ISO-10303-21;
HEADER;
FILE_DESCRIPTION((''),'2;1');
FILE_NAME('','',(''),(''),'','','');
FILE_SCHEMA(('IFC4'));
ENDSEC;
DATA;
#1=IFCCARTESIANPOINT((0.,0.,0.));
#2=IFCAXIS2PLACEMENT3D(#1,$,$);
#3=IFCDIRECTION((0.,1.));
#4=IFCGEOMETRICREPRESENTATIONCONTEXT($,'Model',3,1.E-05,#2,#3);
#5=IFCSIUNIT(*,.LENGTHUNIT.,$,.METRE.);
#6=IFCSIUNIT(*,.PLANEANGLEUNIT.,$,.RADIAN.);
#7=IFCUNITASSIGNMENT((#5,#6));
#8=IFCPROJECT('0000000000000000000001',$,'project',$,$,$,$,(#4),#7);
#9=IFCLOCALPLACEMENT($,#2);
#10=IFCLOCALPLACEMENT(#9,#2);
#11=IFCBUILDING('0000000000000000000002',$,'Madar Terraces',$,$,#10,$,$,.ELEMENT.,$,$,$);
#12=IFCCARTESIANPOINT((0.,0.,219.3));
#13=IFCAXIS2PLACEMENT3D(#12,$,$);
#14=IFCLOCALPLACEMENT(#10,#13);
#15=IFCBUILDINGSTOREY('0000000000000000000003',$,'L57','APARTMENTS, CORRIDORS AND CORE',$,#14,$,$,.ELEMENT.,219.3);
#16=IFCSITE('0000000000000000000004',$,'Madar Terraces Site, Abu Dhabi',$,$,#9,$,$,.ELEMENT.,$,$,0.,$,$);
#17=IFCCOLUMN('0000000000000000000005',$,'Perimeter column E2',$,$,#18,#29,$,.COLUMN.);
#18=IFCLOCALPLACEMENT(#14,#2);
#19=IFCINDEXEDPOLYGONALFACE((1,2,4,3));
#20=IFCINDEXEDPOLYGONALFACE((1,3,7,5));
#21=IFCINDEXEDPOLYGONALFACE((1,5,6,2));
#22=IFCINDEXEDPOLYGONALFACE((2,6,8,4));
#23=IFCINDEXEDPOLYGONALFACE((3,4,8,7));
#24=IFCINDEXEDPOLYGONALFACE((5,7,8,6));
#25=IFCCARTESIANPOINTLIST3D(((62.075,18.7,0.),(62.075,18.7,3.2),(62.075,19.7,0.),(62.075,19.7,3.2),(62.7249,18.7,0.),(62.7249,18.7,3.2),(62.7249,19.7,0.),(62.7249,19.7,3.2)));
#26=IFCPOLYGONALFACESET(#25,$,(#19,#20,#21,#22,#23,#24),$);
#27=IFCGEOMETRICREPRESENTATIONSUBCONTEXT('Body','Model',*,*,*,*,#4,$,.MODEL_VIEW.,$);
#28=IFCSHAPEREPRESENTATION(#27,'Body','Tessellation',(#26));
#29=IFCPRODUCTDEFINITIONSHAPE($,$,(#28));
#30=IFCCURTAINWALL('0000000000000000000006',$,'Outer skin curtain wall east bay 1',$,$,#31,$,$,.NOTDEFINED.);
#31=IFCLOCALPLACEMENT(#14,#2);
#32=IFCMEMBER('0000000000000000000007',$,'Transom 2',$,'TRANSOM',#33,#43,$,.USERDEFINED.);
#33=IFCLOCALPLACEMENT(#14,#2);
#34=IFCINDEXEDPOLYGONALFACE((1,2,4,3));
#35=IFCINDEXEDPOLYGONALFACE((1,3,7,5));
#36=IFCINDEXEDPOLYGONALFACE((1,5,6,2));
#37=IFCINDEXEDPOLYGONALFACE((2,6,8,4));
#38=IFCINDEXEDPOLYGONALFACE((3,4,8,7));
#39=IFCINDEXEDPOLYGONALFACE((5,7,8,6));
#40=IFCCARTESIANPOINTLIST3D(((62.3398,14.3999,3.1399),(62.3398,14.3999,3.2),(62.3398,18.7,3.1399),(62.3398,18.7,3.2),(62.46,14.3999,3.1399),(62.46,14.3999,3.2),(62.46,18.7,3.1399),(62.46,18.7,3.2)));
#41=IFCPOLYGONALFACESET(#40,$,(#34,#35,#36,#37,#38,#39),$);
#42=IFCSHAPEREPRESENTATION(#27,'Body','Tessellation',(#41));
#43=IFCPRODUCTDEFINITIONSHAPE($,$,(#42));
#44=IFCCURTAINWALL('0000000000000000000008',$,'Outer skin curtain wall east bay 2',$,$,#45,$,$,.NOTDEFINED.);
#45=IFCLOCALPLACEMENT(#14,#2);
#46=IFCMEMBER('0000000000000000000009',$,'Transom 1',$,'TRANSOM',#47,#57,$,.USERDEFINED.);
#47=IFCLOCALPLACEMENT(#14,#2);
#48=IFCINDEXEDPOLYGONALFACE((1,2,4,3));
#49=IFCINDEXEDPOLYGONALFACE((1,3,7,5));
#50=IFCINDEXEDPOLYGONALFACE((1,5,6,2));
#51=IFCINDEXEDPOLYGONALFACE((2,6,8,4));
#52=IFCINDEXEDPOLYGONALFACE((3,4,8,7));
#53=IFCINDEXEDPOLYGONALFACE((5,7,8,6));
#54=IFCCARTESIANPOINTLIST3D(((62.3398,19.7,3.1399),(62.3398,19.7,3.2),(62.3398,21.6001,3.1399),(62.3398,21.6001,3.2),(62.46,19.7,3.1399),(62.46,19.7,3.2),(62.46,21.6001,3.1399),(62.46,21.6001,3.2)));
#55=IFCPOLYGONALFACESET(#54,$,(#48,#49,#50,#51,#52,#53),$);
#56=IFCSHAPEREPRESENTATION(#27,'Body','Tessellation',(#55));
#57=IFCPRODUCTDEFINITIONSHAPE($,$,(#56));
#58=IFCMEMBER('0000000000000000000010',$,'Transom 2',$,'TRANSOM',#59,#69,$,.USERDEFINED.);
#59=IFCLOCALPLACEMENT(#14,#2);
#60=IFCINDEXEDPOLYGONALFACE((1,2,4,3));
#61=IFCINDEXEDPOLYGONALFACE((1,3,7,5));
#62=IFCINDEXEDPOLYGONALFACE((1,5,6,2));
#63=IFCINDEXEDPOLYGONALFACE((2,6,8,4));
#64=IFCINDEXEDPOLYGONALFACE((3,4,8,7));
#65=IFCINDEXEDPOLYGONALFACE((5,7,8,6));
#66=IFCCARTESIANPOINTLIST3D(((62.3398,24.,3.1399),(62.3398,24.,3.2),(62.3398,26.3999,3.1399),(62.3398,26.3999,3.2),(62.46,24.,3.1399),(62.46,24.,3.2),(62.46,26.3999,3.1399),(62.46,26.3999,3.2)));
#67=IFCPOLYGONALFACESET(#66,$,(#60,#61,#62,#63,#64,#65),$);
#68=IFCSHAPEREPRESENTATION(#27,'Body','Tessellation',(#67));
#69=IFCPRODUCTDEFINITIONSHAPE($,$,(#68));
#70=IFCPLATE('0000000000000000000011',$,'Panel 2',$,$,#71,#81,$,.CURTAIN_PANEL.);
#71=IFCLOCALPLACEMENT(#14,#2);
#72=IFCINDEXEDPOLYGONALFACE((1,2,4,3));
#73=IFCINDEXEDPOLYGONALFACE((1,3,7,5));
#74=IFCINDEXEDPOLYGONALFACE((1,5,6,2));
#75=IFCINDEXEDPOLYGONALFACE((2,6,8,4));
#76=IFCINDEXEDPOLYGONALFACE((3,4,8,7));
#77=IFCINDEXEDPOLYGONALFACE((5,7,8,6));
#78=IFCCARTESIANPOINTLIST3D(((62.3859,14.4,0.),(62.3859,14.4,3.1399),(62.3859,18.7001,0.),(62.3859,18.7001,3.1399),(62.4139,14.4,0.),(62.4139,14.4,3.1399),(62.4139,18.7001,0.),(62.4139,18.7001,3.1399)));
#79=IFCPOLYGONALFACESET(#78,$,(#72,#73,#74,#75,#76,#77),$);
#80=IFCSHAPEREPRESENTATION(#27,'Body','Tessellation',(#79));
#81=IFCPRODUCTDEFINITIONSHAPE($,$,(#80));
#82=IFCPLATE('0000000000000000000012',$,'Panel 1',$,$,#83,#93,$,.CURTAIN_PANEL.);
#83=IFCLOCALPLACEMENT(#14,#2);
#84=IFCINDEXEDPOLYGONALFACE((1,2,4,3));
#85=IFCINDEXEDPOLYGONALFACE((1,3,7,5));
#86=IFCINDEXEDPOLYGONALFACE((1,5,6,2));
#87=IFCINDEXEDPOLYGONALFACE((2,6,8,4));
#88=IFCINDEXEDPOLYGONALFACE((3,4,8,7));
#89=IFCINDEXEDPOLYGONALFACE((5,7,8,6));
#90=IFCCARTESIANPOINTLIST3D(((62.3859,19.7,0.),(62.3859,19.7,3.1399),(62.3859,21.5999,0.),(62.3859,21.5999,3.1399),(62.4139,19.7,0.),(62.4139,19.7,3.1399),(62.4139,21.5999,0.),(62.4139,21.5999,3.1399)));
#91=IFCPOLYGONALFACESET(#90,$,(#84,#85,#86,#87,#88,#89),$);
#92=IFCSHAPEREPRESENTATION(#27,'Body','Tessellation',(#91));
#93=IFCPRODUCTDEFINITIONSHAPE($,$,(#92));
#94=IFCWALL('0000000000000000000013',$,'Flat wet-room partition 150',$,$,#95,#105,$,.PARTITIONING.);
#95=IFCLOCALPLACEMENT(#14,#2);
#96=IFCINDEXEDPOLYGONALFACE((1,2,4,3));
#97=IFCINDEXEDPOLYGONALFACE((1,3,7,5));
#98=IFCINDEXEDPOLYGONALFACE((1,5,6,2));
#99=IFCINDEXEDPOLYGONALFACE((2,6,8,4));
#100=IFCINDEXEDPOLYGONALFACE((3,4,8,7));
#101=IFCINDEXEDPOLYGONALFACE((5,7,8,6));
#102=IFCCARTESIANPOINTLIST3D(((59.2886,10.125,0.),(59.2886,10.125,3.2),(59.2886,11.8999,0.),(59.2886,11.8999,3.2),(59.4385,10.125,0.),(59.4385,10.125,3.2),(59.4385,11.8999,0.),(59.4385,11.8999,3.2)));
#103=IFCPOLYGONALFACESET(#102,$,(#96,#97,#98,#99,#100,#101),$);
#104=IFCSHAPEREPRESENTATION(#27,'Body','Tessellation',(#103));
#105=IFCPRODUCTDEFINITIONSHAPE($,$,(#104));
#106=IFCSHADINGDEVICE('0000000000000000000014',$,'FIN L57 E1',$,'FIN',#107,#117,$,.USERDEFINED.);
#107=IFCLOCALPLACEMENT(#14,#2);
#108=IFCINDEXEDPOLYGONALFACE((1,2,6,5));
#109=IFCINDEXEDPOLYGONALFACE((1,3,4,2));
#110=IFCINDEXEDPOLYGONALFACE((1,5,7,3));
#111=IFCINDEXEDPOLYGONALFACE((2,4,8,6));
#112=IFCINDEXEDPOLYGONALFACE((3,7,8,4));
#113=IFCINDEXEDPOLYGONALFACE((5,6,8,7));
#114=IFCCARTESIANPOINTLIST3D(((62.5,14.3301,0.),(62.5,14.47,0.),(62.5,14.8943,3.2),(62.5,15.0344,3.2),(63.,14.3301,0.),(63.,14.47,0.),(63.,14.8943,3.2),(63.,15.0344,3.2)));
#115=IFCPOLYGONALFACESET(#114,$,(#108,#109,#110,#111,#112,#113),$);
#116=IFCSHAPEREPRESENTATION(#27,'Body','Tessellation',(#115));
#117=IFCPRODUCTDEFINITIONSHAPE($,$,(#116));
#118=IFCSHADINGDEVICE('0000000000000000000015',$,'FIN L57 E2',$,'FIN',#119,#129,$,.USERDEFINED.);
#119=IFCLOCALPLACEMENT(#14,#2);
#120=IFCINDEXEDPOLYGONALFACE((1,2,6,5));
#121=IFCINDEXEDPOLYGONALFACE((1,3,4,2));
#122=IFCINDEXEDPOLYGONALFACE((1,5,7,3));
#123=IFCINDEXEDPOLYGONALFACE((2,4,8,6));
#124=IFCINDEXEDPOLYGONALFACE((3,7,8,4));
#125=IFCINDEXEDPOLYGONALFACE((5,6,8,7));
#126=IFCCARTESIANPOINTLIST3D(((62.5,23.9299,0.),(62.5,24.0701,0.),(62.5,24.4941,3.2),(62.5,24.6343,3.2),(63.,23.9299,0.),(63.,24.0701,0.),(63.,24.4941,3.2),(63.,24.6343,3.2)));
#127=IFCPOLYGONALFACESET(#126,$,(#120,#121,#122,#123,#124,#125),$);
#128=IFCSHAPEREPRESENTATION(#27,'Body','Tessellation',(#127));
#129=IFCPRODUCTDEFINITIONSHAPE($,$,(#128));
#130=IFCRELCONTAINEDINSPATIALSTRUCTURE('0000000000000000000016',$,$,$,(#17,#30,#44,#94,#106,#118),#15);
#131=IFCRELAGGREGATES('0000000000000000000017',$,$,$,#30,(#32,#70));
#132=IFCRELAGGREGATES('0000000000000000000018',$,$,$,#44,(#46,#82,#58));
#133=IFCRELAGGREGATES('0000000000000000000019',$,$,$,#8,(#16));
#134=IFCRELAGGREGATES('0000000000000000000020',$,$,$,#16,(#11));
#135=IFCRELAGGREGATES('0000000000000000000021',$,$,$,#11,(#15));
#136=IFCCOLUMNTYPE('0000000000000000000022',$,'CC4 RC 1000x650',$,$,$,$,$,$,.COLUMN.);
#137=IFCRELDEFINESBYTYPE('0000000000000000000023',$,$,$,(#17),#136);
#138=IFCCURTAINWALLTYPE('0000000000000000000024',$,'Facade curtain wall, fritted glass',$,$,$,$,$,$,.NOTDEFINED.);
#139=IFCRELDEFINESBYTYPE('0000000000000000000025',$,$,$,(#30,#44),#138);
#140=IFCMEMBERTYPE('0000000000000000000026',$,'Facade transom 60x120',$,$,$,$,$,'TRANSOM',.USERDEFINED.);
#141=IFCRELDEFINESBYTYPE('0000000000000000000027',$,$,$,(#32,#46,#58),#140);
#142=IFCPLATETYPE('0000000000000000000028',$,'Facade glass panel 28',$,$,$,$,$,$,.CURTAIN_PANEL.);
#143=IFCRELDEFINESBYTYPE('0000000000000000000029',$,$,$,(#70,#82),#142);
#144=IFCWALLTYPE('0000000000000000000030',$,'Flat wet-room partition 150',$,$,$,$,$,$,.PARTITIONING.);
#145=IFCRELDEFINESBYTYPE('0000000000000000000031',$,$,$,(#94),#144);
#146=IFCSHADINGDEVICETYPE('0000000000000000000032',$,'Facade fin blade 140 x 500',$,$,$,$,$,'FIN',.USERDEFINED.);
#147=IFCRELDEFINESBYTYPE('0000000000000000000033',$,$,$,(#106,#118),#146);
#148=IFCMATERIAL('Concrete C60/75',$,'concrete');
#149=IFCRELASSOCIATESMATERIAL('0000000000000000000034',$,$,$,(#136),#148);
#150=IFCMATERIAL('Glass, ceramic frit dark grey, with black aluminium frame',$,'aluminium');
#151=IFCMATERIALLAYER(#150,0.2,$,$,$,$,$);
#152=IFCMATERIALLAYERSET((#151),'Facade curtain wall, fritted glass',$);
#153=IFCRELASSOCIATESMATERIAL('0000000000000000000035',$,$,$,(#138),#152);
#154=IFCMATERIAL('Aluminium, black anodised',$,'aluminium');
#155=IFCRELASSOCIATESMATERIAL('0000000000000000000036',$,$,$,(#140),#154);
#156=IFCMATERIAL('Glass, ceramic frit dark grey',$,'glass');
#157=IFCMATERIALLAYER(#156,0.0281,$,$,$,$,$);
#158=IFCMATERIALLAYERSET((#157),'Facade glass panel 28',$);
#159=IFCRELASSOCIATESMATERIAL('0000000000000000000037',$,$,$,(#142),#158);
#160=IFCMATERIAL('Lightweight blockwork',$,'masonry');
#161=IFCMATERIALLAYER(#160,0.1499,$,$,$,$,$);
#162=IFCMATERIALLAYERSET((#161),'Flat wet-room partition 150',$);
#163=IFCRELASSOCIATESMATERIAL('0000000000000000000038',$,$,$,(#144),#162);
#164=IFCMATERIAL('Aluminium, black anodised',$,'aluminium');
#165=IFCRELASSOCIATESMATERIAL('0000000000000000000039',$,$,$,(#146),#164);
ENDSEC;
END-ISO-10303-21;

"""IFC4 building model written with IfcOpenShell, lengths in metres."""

from ifc_helpers import new_model, si_unit, direction, frame, frame_2d, origin, origin_2d, place, context, subcontext, project, spatial, polyline, rectangle, outline, extrude, material, layer, layer_set, material_profile, profile_set, type_object, element, aggregate, save


model = new_model("IFC4")

# Units and contexts
model_context = context("Model", 3, precision=1e-05, world=origin(), true_north=direction((0.0, 1.0)))
body_context = subcontext(model_context, "Body", "Model", "MODEL_VIEW")
ifc_project = project(units=[si_unit("LENGTHUNIT", "METRE"), si_unit("PLANEANGLEUNIT", "RADIAN")], contexts=[model_context])

# Site, building, storey
site_placement = place(None, origin())
site = spatial("IfcSite", under=ifc_project, at=site_placement, Name="Madar Terraces Site, Abu Dhabi", CompositionType="ELEMENT", RefElevation=0.0)
building_placement = place(site_placement, origin())
building = spatial("IfcBuilding", under=site, at=building_placement, Name="Madar Terraces", CompositionType="ELEMENT")
storey_placement = place(building_placement, frame((0.0, 0.0, 219.3)))
storey = spatial("IfcBuildingStorey", under=building, at=storey_placement, Name="L57", Description="APARTMENTS, CORRIDORS AND CORE", CompositionType="ELEMENT", Elevation=219.3)

# Column
ifc_material_1 = material(Name="Concrete C60/75", Category="concrete")
ifc_material_profile_1 = material_profile(ifc_material_1, rectangle(XDim=1.0, YDim=0.6499, at=origin_2d()), Name="CC4 RC 1000x650")
ifc_profile_set_1 = profile_set([ifc_material_profile_1], Name="Concrete C60/75")
column_type = type_object("IfcColumnType", Name="CC4 RC 1000x650", PredefinedType="COLUMN", material=ifc_profile_set_1)
column_placement = place(storey_placement, frame((62.3999, 19.2, 0.0), z_axis=(0.0, 0.0, 1.0), x_axis=(0.0, 1.0, 0.0)))
element("IfcColumn", 1, at=column_placement, inside=storey, type_object=column_type, Name="Perimeter column E2", PredefinedType="COLUMN", context=body_context, shape_type="SweptSolid", body=[
    extrude(rectangle(XDim=1.0, YDim=0.6499, at=origin_2d()), origin(), (0.0, 0.0, 1.0), 3.2),
])

# Curtain wall, member
ifc_material_2 = material(Name="Glass, ceramic frit dark grey, with black aluminium frame", Category="aluminium")
ifc_layer_1 = layer(ifc_material_2, 0.2)
ifc_layer_set_1 = layer_set([ifc_layer_1], Name="Facade curtain wall, fritted glass")
curtain_wall_type = type_object("IfcCurtainWallType", Name="Facade curtain wall, fritted glass", PredefinedType="NOTDEFINED", material=ifc_layer_set_1)
curtain_wall_1_placement = place(storey_placement, origin())
curtain_wall_1 = element("IfcCurtainWall", 2, at=curtain_wall_1_placement, inside=storey, type_object=curtain_wall_type, Name="Outer skin curtain wall east bay 1", PredefinedType="NOTDEFINED")
ifc_material_3 = material(Name="Aluminium, black anodised", Category="aluminium")
ifc_material_profile_2 = material_profile(ifc_material_3, rectangle(XDim=0.1201, YDim=0.0601, at=origin_2d()), Name="Facade transom 60x120")
ifc_profile_set_2 = profile_set([ifc_material_profile_2], Name="Aluminium, black anodised")
member_type = type_object("IfcMemberType", Name="Facade transom 60x120", ElementType="TRANSOM", PredefinedType="USERDEFINED", material=ifc_profile_set_2)
member_1_placement = place(storey_placement, frame((62.3999, 14.3999, 3.1699), z_axis=(0.0, 1.0, 0.0), x_axis=(-1.0, 0.0, 0.0)))
member_1 = element("IfcMember", 3, at=member_1_placement, type_object=member_type, Name="Transom 2", ObjectType="TRANSOM", PredefinedType="USERDEFINED", context=body_context, shape_type="SweptSolid", body=[
    extrude(rectangle(XDim=0.1201, YDim=0.0601, at=origin_2d()), origin(), (0.0, 0.0, 1.0), 4.3),
])

# Curtain wall, members
curtain_wall_2_placement = place(storey_placement, origin())
curtain_wall_2 = element("IfcCurtainWall", 4, at=curtain_wall_2_placement, inside=storey, type_object=curtain_wall_type, Name="Outer skin curtain wall east bay 2", PredefinedType="NOTDEFINED")
member_2_placement = place(storey_placement, frame((62.3999, 19.7, 3.1699), z_axis=(0.0, 1.0, 0.0), x_axis=(-1.0, 0.0, 0.0)))
member_2 = element("IfcMember", 5, at=member_2_placement, type_object=member_type, Name="Transom 1", ObjectType="TRANSOM", PredefinedType="USERDEFINED", context=body_context, shape_type="SweptSolid", body=[
    extrude(rectangle(XDim=0.1201, YDim=0.0601, at=origin_2d()), origin(), (0.0, 0.0, 1.0), 1.9001),
])
member_3_placement = place(storey_placement, frame((62.3999, 24.0, 3.1699), z_axis=(0.0, 1.0, 0.0), x_axis=(-1.0, 0.0, 0.0)))
member_3 = element("IfcMember", 6, at=member_3_placement, type_object=member_type, Name="Transom 2", ObjectType="TRANSOM", PredefinedType="USERDEFINED", context=body_context, shape_type="SweptSolid", body=[
    extrude(rectangle(XDim=0.1201, YDim=0.0601, at=origin_2d()), origin(), (0.0, 0.0, 1.0), 2.3999),
])

# Plates
ifc_material_4 = material(Name="Glass, ceramic frit dark grey", Category="glass")
ifc_layer_2 = layer(ifc_material_4, 0.0281)
ifc_layer_set_2 = layer_set([ifc_layer_2], Name="Facade glass panel 28")
plate_type = type_object("IfcPlateType", Name="Facade glass panel 28", PredefinedType="CURTAIN_PANEL", material=ifc_layer_set_2)
plate_1_placement = place(storey_placement, frame((62.3999, 16.55, 0.0), z_axis=(0.0, 0.0, 1.0), x_axis=(0.0, 1.0, 0.0)))
plate_1 = element("IfcPlate", 7, at=plate_1_placement, type_object=plate_type, Name="Panel 2", PredefinedType="CURTAIN_PANEL", context=body_context, shape_type="SweptSolid", body=[
    extrude(rectangle(XDim=4.3, YDim=0.0281, at=origin_2d()), origin(), (0.0, 0.0, 1.0), 3.1399),
])
aggregate(curtain_wall_1, [member_1, plate_1])
plate_2_placement = place(storey_placement, frame((62.3999, 20.6499, 0.0), z_axis=(0.0, 0.0, 1.0), x_axis=(0.0, 1.0, 0.0)))
plate_2 = element("IfcPlate", 8, at=plate_2_placement, type_object=plate_type, Name="Panel 1", PredefinedType="CURTAIN_PANEL", context=body_context, shape_type="SweptSolid", body=[
    extrude(rectangle(XDim=1.8999, YDim=0.0281, at=origin_2d()), origin(), (0.0, 0.0, 1.0), 3.1399),
])
aggregate(curtain_wall_2, [member_2, plate_2, member_3])

# Wall
ifc_material_5 = material(Name="Lightweight blockwork", Category="masonry")
ifc_layer_3 = layer(ifc_material_5, 0.1499)
ifc_layer_set_3 = layer_set([ifc_layer_3], Name="Flat wet-room partition 150")
wall_type_1 = type_object("IfcWallType", Name="Flat wet-room partition 150", PredefinedType="PARTITIONING", material=ifc_layer_set_3)
wall_1_placement = place(storey_placement, frame((59.3635, 11.8999, 0.0), z_axis=(0.0, 0.0, 1.0), x_axis=(0.0, -1.0, 0.0)))
element("IfcWall", 9, at=wall_1_placement, inside=storey, type_object=wall_type_1, Name="Flat wet-room partition 150", PredefinedType="PARTITIONING", context=body_context, shape_type="SweptSolid", body=[
    extrude(rectangle(XDim=1.7749, YDim=0.1499, at=frame_2d((0.8875, 0.0))), origin(), (0.0, 0.0, 1.0), 3.2),
])

# Shading devices
ifc_material_6 = material(Name="Aluminium, black anodised", Category="aluminium")
shading_device_type = type_object("IfcShadingDeviceType", Name="Facade fin blade 140 x 500", ElementType="FIN", PredefinedType="USERDEFINED", material=ifc_material_6)
shading_device_1_placement = place(storey_placement, frame((62.75, 14.3301, 0.0), z_axis=(0.0, 0.0, 1.0), x_axis=(0.0, 1.0, 0.0)))
element("IfcShadingDevice", 10, at=shading_device_1_placement, inside=storey, type_object=shading_device_type, Name="FIN L57 E1", ObjectType="FIN", PredefinedType="USERDEFINED", context=body_context, shape_type="SweptSolid", body=[
    extrude(outline(polyline([(0.0, 0.0), (0.1399, 0.0), (0.7043, 3.2), (0.5642, 3.2), (0.0, 0.0)])), frame((0.0, 0.25, 0.0), z_axis=(0.0, -1.0, 0.0), x_axis=(1.0, 0.0, 0.0)), (0.0, 0.0, 1.0), 0.5),
])
shading_device_2_placement = place(storey_placement, frame((62.75, 23.9299, 0.0), z_axis=(0.0, 0.0, 1.0), x_axis=(0.0, 1.0, 0.0)))
element("IfcShadingDevice", 11, at=shading_device_2_placement, inside=storey, type_object=shading_device_type, Name="FIN L57 E2", ObjectType="FIN", PredefinedType="USERDEFINED", context=body_context, shape_type="SweptSolid", body=[
    extrude(outline(polyline([(0.0, 0.0), (0.1401, 0.0), (0.7043, 3.2), (0.5642, 3.2), (0.0, 0.0)])), frame((0.0, 0.25, 0.0), z_axis=(0.0, -1.0, 0.0), x_axis=(1.0, 0.0, 0.0)), (0.0, 0.0, 1.0), 0.5),
])

save(model, "model.ifc")
